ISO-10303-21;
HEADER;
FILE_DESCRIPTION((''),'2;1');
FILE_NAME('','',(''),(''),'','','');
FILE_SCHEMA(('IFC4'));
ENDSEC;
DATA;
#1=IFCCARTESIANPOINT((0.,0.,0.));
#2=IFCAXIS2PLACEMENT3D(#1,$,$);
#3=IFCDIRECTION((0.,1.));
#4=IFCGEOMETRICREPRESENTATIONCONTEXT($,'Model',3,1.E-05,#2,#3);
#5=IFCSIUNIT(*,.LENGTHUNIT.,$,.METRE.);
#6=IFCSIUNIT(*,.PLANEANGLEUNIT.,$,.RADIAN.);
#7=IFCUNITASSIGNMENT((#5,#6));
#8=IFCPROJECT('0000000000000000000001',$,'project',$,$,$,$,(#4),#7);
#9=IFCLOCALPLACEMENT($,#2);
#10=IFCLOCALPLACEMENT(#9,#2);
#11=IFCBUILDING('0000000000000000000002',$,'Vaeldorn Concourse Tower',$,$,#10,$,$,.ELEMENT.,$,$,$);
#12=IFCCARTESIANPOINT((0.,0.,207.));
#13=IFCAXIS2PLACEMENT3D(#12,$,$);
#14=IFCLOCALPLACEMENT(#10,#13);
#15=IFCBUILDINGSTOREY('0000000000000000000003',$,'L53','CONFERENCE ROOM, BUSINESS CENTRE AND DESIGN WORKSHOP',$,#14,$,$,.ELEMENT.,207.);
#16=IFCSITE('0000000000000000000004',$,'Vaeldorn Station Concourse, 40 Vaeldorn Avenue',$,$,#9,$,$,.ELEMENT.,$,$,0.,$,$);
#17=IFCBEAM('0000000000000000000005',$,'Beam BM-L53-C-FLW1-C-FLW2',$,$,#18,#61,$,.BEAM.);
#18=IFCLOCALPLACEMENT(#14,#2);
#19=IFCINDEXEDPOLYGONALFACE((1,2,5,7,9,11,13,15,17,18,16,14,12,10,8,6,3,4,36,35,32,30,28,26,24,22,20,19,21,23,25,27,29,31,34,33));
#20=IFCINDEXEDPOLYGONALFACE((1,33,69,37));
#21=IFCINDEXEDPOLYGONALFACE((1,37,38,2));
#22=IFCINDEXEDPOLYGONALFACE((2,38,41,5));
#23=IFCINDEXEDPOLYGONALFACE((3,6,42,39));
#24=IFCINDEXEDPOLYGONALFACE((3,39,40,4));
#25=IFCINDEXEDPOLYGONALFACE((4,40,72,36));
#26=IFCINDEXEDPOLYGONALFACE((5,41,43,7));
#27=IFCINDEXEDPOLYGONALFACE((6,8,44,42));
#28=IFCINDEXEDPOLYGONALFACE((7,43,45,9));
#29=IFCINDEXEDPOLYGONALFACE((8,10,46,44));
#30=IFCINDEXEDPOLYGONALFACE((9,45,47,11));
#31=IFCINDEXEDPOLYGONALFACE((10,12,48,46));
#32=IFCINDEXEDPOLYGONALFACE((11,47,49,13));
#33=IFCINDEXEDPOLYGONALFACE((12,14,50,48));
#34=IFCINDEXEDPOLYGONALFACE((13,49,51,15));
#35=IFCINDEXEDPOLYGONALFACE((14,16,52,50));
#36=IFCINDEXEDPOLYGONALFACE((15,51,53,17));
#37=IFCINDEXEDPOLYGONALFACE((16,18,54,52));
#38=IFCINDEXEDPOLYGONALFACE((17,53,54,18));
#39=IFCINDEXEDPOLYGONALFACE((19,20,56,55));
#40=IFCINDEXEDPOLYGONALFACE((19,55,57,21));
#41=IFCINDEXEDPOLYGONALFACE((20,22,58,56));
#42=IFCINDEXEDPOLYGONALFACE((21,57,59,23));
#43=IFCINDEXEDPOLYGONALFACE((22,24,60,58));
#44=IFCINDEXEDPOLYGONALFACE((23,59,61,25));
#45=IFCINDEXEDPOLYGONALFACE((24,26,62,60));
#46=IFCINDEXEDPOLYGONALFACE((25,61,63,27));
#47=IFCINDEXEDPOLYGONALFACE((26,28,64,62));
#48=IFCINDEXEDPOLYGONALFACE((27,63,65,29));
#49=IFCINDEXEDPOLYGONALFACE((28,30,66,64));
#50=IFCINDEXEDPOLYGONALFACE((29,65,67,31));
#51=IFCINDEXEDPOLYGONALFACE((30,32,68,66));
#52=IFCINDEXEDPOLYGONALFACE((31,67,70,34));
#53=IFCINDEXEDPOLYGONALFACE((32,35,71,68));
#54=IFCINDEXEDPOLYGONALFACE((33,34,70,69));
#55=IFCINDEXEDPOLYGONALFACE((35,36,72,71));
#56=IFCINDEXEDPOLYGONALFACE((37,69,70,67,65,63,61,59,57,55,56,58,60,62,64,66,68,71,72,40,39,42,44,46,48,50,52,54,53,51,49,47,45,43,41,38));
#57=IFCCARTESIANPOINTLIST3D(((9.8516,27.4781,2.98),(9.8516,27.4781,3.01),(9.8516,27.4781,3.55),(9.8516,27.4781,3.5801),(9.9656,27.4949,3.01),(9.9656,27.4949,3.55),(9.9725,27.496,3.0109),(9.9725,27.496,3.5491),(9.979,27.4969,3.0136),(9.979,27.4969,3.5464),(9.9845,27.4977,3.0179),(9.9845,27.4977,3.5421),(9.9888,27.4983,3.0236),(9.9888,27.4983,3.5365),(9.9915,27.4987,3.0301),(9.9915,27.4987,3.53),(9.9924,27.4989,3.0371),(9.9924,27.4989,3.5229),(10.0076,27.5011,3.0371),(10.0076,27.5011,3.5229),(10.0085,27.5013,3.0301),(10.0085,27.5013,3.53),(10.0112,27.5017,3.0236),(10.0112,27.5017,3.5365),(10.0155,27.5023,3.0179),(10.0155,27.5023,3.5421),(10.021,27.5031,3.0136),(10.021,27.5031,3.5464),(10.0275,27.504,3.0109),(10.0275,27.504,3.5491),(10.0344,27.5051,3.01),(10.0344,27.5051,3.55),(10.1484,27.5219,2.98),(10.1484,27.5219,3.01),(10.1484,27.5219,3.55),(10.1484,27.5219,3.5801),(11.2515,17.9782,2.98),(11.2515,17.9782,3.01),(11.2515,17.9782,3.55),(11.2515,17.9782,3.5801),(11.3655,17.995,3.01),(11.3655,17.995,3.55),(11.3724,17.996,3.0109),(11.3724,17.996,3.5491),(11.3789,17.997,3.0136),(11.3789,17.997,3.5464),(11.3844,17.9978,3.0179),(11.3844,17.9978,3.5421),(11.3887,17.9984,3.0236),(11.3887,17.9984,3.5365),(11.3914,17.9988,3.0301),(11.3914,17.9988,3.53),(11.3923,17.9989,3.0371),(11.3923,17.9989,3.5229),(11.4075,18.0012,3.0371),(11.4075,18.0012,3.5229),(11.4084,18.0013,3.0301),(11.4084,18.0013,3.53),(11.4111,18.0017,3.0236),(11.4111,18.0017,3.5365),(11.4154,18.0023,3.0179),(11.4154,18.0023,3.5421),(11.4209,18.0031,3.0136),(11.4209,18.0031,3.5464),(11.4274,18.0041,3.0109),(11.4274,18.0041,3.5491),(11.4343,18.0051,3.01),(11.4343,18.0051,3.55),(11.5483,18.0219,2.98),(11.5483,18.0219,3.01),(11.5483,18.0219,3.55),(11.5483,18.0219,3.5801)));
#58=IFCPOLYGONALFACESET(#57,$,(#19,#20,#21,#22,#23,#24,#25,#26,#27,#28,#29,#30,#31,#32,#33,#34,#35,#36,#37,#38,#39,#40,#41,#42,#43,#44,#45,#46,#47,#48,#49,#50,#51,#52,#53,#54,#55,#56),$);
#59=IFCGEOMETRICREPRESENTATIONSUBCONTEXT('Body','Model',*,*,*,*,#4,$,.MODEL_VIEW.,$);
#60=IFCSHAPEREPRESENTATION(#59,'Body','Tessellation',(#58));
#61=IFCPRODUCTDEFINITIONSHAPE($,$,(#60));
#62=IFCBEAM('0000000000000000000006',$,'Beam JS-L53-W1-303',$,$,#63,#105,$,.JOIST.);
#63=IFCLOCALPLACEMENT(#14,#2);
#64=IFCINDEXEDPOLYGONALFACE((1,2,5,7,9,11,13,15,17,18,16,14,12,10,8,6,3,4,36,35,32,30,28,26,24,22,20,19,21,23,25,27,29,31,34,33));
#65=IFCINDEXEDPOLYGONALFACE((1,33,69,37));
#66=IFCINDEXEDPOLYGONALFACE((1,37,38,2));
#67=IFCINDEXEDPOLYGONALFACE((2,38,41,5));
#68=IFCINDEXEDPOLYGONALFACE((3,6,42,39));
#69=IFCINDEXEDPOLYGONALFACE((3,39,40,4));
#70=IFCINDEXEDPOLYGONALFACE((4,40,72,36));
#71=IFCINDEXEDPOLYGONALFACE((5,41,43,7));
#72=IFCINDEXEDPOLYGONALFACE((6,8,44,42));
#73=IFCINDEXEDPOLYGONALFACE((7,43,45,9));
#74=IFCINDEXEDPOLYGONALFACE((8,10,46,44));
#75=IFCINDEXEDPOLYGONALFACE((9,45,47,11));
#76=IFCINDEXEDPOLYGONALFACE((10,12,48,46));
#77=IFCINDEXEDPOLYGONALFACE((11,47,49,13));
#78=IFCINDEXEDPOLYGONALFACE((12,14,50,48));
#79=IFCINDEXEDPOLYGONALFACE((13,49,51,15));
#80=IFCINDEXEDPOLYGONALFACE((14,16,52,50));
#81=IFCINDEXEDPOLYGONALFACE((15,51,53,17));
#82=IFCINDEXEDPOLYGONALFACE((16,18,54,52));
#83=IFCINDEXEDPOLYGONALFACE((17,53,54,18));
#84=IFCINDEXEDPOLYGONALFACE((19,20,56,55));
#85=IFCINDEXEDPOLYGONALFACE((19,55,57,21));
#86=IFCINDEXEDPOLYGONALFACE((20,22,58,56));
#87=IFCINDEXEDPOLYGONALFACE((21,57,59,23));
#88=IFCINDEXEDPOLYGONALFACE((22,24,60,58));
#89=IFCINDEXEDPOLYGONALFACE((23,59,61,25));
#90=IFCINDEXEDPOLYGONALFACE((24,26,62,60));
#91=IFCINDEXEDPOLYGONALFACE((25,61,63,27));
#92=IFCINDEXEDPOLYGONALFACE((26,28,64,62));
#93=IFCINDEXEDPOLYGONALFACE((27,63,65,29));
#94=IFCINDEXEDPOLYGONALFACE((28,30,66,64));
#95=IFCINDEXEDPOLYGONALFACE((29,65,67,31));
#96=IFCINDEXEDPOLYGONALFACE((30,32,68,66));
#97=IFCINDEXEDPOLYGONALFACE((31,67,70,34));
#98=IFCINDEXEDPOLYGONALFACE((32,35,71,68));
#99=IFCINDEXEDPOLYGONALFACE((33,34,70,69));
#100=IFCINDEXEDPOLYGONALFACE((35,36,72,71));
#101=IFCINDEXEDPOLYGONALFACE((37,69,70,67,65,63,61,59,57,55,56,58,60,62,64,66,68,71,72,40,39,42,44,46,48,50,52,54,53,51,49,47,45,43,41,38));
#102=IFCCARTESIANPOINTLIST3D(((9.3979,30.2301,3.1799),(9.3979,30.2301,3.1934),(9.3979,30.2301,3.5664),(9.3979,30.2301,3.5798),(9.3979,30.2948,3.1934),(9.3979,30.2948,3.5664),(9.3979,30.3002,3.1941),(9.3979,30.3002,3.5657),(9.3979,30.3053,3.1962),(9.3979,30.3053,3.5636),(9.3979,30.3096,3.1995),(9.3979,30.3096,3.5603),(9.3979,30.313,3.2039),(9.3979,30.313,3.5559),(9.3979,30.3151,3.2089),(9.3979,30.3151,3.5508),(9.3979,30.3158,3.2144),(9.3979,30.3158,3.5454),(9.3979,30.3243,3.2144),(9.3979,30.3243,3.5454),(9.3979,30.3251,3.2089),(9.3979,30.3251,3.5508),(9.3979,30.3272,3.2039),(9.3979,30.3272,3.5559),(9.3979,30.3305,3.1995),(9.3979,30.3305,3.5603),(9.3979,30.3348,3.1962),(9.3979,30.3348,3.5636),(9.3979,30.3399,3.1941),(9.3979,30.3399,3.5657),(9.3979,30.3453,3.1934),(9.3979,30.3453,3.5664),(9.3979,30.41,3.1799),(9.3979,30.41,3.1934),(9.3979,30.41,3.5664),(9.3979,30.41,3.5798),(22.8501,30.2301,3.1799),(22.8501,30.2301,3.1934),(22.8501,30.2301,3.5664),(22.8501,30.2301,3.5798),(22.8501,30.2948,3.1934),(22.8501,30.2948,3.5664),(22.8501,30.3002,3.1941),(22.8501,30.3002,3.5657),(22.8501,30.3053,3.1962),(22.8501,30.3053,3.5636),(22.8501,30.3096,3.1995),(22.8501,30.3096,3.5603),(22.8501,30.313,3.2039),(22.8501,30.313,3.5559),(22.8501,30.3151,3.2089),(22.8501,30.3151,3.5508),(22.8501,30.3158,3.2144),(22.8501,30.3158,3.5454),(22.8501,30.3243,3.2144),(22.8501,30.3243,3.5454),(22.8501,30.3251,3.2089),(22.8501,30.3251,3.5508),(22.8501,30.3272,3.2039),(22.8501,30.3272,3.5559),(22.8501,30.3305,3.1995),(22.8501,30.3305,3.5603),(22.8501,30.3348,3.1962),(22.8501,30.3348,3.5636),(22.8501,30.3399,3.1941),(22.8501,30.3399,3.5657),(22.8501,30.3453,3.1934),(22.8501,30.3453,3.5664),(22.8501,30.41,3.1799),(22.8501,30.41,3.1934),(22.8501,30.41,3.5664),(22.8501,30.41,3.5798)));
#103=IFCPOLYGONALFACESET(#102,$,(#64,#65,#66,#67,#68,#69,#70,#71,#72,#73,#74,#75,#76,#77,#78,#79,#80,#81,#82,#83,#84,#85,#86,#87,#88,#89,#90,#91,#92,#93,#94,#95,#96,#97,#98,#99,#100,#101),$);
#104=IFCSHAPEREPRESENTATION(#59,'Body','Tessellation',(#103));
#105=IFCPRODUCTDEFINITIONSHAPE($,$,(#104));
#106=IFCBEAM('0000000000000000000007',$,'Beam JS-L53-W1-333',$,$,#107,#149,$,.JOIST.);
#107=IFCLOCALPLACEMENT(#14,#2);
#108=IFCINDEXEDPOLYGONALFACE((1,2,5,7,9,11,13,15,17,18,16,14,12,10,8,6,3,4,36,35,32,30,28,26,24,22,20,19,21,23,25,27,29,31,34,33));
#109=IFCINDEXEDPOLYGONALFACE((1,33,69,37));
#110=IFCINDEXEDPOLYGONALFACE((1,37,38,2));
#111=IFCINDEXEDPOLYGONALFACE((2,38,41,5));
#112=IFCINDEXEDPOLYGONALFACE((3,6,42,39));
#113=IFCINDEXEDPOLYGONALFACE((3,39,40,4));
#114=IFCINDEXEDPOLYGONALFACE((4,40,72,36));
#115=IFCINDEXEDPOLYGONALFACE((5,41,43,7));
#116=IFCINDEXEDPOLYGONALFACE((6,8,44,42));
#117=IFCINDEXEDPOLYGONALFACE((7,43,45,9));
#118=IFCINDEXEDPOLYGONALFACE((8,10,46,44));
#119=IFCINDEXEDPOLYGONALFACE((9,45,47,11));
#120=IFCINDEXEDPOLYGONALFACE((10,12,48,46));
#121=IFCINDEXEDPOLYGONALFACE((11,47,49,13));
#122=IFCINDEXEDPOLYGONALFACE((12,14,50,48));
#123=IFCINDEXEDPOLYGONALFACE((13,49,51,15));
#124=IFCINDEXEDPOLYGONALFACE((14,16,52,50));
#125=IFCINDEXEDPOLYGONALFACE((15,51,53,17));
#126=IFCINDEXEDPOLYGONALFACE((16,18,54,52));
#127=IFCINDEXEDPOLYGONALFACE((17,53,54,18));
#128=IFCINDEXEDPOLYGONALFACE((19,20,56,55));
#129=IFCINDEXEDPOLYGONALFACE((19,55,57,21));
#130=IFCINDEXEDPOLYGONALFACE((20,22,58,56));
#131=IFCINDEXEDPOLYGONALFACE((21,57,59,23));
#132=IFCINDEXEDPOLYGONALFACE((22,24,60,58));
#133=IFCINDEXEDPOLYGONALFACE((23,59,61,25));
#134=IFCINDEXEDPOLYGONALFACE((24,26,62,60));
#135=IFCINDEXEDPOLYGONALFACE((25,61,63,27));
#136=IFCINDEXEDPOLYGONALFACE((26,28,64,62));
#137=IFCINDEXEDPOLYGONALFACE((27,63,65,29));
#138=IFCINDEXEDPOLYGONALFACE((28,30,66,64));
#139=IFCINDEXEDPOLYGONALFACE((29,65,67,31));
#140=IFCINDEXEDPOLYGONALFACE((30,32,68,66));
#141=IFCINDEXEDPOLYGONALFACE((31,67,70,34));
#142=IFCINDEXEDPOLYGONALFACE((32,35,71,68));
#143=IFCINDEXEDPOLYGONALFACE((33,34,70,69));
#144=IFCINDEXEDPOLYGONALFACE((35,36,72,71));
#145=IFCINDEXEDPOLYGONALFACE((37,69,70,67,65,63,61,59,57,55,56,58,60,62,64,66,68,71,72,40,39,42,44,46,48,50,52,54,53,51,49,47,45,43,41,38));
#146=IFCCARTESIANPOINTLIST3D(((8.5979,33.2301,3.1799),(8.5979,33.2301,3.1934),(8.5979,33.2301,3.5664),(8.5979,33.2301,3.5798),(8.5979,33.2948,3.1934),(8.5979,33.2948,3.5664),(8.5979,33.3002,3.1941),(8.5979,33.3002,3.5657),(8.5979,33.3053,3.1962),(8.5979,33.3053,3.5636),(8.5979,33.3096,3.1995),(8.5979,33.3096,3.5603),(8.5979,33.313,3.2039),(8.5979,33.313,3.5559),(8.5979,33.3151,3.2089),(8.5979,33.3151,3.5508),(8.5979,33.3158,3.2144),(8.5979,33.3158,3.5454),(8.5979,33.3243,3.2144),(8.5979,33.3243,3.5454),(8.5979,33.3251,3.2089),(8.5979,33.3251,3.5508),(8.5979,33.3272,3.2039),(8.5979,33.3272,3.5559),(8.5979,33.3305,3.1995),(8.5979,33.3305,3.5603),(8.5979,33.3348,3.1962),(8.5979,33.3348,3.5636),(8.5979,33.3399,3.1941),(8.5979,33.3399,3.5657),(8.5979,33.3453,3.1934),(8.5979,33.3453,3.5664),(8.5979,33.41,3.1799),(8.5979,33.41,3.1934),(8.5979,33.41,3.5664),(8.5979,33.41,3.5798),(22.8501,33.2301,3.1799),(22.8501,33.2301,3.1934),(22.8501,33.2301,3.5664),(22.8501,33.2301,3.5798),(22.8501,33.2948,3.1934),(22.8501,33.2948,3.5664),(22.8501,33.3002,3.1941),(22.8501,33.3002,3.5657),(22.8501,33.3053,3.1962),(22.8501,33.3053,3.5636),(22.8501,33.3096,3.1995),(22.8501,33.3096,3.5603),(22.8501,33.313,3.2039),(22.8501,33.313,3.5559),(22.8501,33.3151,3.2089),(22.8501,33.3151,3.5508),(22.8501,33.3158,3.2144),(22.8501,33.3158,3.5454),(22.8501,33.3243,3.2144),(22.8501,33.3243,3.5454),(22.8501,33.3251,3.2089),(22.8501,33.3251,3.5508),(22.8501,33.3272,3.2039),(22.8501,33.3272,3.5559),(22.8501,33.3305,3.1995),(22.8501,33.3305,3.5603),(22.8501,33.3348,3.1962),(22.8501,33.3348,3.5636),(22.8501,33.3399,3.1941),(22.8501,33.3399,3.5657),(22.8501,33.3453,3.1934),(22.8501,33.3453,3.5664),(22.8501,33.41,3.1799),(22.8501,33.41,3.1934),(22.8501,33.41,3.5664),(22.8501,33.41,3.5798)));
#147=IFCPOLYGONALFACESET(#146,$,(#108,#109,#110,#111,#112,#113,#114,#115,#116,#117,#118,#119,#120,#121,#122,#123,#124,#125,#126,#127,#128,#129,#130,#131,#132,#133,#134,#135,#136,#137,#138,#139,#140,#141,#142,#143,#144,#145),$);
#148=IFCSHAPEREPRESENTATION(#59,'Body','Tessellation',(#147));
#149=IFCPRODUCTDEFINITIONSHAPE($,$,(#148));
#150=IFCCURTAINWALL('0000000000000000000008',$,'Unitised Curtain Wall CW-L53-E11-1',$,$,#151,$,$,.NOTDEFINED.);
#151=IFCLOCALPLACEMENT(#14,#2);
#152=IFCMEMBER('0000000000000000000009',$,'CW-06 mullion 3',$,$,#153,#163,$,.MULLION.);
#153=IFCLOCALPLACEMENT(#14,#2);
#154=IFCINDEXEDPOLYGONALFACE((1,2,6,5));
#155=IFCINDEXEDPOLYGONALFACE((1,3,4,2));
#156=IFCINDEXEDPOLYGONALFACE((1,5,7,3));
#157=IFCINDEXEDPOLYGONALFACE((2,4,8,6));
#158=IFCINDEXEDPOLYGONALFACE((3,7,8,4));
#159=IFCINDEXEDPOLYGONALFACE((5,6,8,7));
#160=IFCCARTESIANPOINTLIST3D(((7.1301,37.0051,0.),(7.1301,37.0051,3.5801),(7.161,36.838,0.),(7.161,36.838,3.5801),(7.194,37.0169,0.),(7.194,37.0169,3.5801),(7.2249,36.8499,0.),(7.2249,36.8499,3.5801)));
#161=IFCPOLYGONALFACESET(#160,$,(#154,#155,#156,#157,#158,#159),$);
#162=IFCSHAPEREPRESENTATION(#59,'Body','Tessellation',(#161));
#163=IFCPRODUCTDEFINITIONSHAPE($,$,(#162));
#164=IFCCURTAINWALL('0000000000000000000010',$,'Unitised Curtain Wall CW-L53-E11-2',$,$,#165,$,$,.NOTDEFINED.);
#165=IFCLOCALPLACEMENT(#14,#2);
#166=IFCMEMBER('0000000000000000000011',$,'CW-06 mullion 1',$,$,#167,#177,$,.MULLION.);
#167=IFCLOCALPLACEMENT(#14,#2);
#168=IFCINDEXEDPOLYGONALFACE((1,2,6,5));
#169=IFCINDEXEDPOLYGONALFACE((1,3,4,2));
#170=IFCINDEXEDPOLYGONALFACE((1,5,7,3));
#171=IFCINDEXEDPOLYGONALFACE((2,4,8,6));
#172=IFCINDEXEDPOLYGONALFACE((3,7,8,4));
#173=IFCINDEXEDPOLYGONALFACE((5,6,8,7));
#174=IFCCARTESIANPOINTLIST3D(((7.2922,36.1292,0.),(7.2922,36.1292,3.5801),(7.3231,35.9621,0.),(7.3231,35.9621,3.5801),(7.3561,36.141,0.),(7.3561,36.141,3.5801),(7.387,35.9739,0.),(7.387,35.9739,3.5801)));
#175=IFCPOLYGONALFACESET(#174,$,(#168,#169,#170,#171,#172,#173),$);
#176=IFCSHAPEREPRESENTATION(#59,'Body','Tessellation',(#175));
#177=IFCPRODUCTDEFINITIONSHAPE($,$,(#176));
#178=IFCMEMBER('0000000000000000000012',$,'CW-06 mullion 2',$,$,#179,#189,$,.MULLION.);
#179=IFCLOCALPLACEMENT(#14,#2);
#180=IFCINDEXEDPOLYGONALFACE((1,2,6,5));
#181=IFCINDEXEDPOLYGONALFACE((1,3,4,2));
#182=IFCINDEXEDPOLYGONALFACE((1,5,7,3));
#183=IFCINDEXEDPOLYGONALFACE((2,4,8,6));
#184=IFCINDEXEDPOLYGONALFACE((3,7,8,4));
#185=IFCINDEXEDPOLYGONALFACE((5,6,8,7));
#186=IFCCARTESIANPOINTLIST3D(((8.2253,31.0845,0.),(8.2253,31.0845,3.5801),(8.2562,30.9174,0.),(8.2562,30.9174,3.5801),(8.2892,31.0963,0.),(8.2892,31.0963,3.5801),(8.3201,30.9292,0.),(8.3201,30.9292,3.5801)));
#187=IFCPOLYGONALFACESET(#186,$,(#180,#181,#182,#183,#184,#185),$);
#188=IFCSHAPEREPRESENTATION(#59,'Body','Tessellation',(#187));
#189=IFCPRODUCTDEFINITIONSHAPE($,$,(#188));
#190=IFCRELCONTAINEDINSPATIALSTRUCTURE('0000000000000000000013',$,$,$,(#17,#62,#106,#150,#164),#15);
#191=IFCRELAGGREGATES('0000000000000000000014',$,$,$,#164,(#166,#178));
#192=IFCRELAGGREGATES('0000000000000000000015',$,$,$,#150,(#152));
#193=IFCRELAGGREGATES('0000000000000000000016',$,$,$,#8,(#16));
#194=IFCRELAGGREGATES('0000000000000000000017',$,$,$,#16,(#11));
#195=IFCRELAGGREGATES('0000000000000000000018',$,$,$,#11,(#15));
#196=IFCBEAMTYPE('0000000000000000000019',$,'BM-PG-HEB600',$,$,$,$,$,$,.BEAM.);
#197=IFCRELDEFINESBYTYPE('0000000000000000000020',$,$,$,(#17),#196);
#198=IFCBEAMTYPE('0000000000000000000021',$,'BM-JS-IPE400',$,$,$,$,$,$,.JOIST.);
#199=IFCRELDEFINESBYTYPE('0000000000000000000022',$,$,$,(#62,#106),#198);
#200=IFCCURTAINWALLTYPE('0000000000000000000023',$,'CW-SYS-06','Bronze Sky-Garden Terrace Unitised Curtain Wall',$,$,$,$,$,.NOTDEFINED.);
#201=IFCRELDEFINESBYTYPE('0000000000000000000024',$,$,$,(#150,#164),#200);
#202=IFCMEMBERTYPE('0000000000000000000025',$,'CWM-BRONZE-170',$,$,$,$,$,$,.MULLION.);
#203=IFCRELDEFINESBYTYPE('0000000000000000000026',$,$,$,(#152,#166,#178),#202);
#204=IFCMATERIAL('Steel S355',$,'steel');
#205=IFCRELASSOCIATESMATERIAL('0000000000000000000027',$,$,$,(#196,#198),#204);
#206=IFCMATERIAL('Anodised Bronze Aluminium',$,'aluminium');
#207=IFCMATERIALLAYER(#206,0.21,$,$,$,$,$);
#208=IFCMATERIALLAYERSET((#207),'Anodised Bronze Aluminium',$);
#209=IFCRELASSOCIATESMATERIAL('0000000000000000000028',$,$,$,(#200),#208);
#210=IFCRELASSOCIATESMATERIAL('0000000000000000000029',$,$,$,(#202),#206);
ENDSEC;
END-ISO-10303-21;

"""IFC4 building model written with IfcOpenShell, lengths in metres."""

from ifc_helpers import new_model, si_unit, direction, frame, origin, origin_2d, place, context, subcontext, project, spatial, rectangle, i_section, extrude, source, transform, mapped, material, layer, layer_set, material_profile, profile_set, type_object, element, aggregate, save


model = new_model("IFC4")

# Units and contexts
model_context = context("Model", 3, precision=1e-05, world=origin(), true_north=direction((0.0, 1.0)))
body_context = subcontext(model_context, "Body", "Model", "MODEL_VIEW")
ifc_project = project(units=[si_unit("LENGTHUNIT", "METRE"), si_unit("PLANEANGLEUNIT", "RADIAN")], contexts=[model_context])

# Site, building, storey
site_placement = place(None, origin())
site = spatial("IfcSite", under=ifc_project, at=site_placement, Name="Vaeldorn Station Concourse, 40 Vaeldorn Avenue", CompositionType="ELEMENT", RefElevation=0.0)
building_placement = place(site_placement, origin())
building = spatial("IfcBuilding", under=site, at=building_placement, Name="Vaeldorn Concourse Tower", CompositionType="ELEMENT")
storey_placement = place(building_placement, frame((0.0, 0.0, 207.0)))
storey = spatial("IfcBuildingStorey", under=building, at=storey_placement, Name="L53", Description="CONFERENCE ROOM, BUSINESS CENTRE AND DESIGN WORKSHOP", CompositionType="ELEMENT", Elevation=207.0)

# Shared definitions
ifc_material_1 = material(Name="Steel S355", Category="steel")

# Beams
ifc_material_profile_1 = material_profile(ifc_material_1, i_section(OverallWidth=0.3, OverallDepth=0.6001, WebThickness=0.0154, FlangeThickness=0.03, FilletRadius=0.0271, at=origin_2d()), Name="HEB 600")
ifc_profile_set_1 = profile_set([ifc_material_profile_1], Name="Steel S355")
beam_type_1 = type_object("IfcBeamType", Name="BM-PG-HEB600", PredefinedType="BEAM", material=ifc_profile_set_1)
shared_shape_1 = source(origin(), body_context, "Body", "SweptSolid", [
    extrude(i_section(OverallWidth=0.3, OverallDepth=0.6001, WebThickness=0.0154, FlangeThickness=0.03, FilletRadius=0.0271, at=origin_2d()), origin(), (0.0, 0.0, 1.0), 9.6025),
])
beam_1_placement = place(storey_placement, frame((10.0, 27.5, 3.28), z_axis=(0.145784, -0.989316, 0.0), x_axis=(0.989316, 0.145784, 0.0)))
element("IfcBeam", 1, at=beam_1_placement, inside=storey, type_object=beam_type_1, Name="Beam BM-L53-C-FLW1-C-FLW2", PredefinedType="BEAM", context=body_context, shape_type="MappedRepresentation", body=[
    mapped(shared_shape_1, transform((0.0, 0.0, 0.0), scale=1.0)),
])
ifc_material_profile_2 = material_profile(ifc_material_1, i_section(OverallWidth=0.1799, OverallDepth=0.3999, WebThickness=0.0085, FlangeThickness=0.0134, FilletRadius=0.021, at=origin_2d()), Name="IPE 400")
ifc_profile_set_2 = profile_set([ifc_material_profile_2], Name="Steel S355")
beam_type_2 = type_object("IfcBeamType", Name="BM-JS-IPE400", PredefinedType="JOIST", material=ifc_profile_set_2)
shared_shape_2 = source(origin(), body_context, "Body", "SweptSolid", [
    extrude(i_section(OverallWidth=0.1799, OverallDepth=0.3999, WebThickness=0.0085, FlangeThickness=0.0134, FilletRadius=0.021, at=origin_2d()), origin(), (0.0, 0.0, 1.0), 13.4521),
])
beam_2_placement = place(storey_placement, frame((9.3979, 30.3201, 3.3799), z_axis=(1.0, 0.0, 0.0), x_axis=(0.0, 1.0, 0.0)))
element("IfcBeam", 2, at=beam_2_placement, inside=storey, type_object=beam_type_2, Name="Beam JS-L53-W1-303", PredefinedType="JOIST", context=body_context, shape_type="MappedRepresentation", body=[
    mapped(shared_shape_2, transform((0.0, 0.0, 0.0), scale=1.0)),
])
shared_shape_3 = source(origin(), body_context, "Body", "SweptSolid", [
    extrude(i_section(OverallWidth=0.1799, OverallDepth=0.3999, WebThickness=0.0085, FlangeThickness=0.0134, FilletRadius=0.021, at=origin_2d()), origin(), (0.0, 0.0, 1.0), 14.2522),
])
beam_3_placement = place(storey_placement, frame((8.5979, 33.3201, 3.3799), z_axis=(1.0, 0.0, 0.0), x_axis=(0.0, 1.0, 0.0)))
element("IfcBeam", 3, at=beam_3_placement, inside=storey, type_object=beam_type_2, Name="Beam JS-L53-W1-333", PredefinedType="JOIST", context=body_context, shape_type="MappedRepresentation", body=[
    mapped(shared_shape_3, transform((0.0, 0.0, 0.0), scale=1.0)),
])

# Curtain wall, member
ifc_material_2 = material(Name="Anodised Bronze Aluminium", Category="aluminium")
ifc_layer_1 = layer(ifc_material_2, 0.21)
ifc_layer_set_1 = layer_set([ifc_layer_1], Name="Anodised Bronze Aluminium")
curtain_wall_type = type_object("IfcCurtainWallType", Name="CW-SYS-06", Description="Bronze Sky-Garden Terrace Unitised Curtain Wall", PredefinedType="NOTDEFINED", material=ifc_layer_set_1)
curtain_wall_1_placement = place(storey_placement, origin())
curtain_wall_1 = element("IfcCurtainWall", 4, at=curtain_wall_1_placement, inside=storey, type_object=curtain_wall_type, Name="Unitised Curtain Wall CW-L53-E11-1", PredefinedType="NOTDEFINED")
ifc_material_profile_3 = material_profile(ifc_material_2, rectangle(XDim=0.0649, YDim=0.1699, at=origin_2d()), Name="CWM 65x170")
ifc_profile_set_3 = profile_set([ifc_material_profile_3], Name="Anodised Bronze Aluminium")
member_type_1 = type_object("IfcMemberType", Name="CWM-BRONZE-170", PredefinedType="MULLION", material=ifc_profile_set_3)
shared_shape_4 = source(origin(), body_context, "Body", "SweptSolid", [
    extrude(rectangle(XDim=0.0649, YDim=0.1699, at=origin_2d()), origin(), (0.0, 0.0, 1.0), 3.5801),
])
member_1_placement = place(storey_placement, frame((7.1775, 36.9275, 0.0), z_axis=(0.0, 0.0, 1.0), x_axis=(0.983319, 0.181888, 0.0)))
member_1 = element("IfcMember", 5, at=member_1_placement, type_object=member_type_1, Name="CW-06 mullion 3", PredefinedType="MULLION", context=body_context, shape_type="MappedRepresentation", body=[
    mapped(shared_shape_4, transform((0.0, 0.0, 0.0), scale=1.0)),
])

# Curtain wall, members
curtain_wall_2_placement = place(storey_placement, origin())
curtain_wall_2 = element("IfcCurtainWall", 6, at=curtain_wall_2_placement, inside=storey, type_object=curtain_wall_type, Name="Unitised Curtain Wall CW-L53-E11-2", PredefinedType="NOTDEFINED")
member_2_placement = place(storey_placement, frame((7.3396, 36.0515, 0.0), z_axis=(0.0, 0.0, 1.0), x_axis=(0.983319, 0.181889, 0.0)))
member_2 = element("IfcMember", 7, at=member_2_placement, type_object=member_type_1, Name="CW-06 mullion 1", PredefinedType="MULLION", context=body_context, shape_type="MappedRepresentation", body=[
    mapped(shared_shape_4, transform((0.0, 0.0, 0.0), scale=1.0)),
])
member_3_placement = place(storey_placement, frame((8.2727, 31.0068, 0.0), z_axis=(0.0, 0.0, 1.0), x_axis=(0.983319, 0.181889, 0.0)))
member_3 = element("IfcMember", 8, at=member_3_placement, type_object=member_type_1, Name="CW-06 mullion 2", PredefinedType="MULLION", context=body_context, shape_type="MappedRepresentation", body=[
    mapped(shared_shape_4, transform((0.0, 0.0, 0.0), scale=1.0)),
])
aggregate(curtain_wall_2, [member_2, member_3])

aggregate(curtain_wall_1, [member_1])

save(model, "model.ifc")
